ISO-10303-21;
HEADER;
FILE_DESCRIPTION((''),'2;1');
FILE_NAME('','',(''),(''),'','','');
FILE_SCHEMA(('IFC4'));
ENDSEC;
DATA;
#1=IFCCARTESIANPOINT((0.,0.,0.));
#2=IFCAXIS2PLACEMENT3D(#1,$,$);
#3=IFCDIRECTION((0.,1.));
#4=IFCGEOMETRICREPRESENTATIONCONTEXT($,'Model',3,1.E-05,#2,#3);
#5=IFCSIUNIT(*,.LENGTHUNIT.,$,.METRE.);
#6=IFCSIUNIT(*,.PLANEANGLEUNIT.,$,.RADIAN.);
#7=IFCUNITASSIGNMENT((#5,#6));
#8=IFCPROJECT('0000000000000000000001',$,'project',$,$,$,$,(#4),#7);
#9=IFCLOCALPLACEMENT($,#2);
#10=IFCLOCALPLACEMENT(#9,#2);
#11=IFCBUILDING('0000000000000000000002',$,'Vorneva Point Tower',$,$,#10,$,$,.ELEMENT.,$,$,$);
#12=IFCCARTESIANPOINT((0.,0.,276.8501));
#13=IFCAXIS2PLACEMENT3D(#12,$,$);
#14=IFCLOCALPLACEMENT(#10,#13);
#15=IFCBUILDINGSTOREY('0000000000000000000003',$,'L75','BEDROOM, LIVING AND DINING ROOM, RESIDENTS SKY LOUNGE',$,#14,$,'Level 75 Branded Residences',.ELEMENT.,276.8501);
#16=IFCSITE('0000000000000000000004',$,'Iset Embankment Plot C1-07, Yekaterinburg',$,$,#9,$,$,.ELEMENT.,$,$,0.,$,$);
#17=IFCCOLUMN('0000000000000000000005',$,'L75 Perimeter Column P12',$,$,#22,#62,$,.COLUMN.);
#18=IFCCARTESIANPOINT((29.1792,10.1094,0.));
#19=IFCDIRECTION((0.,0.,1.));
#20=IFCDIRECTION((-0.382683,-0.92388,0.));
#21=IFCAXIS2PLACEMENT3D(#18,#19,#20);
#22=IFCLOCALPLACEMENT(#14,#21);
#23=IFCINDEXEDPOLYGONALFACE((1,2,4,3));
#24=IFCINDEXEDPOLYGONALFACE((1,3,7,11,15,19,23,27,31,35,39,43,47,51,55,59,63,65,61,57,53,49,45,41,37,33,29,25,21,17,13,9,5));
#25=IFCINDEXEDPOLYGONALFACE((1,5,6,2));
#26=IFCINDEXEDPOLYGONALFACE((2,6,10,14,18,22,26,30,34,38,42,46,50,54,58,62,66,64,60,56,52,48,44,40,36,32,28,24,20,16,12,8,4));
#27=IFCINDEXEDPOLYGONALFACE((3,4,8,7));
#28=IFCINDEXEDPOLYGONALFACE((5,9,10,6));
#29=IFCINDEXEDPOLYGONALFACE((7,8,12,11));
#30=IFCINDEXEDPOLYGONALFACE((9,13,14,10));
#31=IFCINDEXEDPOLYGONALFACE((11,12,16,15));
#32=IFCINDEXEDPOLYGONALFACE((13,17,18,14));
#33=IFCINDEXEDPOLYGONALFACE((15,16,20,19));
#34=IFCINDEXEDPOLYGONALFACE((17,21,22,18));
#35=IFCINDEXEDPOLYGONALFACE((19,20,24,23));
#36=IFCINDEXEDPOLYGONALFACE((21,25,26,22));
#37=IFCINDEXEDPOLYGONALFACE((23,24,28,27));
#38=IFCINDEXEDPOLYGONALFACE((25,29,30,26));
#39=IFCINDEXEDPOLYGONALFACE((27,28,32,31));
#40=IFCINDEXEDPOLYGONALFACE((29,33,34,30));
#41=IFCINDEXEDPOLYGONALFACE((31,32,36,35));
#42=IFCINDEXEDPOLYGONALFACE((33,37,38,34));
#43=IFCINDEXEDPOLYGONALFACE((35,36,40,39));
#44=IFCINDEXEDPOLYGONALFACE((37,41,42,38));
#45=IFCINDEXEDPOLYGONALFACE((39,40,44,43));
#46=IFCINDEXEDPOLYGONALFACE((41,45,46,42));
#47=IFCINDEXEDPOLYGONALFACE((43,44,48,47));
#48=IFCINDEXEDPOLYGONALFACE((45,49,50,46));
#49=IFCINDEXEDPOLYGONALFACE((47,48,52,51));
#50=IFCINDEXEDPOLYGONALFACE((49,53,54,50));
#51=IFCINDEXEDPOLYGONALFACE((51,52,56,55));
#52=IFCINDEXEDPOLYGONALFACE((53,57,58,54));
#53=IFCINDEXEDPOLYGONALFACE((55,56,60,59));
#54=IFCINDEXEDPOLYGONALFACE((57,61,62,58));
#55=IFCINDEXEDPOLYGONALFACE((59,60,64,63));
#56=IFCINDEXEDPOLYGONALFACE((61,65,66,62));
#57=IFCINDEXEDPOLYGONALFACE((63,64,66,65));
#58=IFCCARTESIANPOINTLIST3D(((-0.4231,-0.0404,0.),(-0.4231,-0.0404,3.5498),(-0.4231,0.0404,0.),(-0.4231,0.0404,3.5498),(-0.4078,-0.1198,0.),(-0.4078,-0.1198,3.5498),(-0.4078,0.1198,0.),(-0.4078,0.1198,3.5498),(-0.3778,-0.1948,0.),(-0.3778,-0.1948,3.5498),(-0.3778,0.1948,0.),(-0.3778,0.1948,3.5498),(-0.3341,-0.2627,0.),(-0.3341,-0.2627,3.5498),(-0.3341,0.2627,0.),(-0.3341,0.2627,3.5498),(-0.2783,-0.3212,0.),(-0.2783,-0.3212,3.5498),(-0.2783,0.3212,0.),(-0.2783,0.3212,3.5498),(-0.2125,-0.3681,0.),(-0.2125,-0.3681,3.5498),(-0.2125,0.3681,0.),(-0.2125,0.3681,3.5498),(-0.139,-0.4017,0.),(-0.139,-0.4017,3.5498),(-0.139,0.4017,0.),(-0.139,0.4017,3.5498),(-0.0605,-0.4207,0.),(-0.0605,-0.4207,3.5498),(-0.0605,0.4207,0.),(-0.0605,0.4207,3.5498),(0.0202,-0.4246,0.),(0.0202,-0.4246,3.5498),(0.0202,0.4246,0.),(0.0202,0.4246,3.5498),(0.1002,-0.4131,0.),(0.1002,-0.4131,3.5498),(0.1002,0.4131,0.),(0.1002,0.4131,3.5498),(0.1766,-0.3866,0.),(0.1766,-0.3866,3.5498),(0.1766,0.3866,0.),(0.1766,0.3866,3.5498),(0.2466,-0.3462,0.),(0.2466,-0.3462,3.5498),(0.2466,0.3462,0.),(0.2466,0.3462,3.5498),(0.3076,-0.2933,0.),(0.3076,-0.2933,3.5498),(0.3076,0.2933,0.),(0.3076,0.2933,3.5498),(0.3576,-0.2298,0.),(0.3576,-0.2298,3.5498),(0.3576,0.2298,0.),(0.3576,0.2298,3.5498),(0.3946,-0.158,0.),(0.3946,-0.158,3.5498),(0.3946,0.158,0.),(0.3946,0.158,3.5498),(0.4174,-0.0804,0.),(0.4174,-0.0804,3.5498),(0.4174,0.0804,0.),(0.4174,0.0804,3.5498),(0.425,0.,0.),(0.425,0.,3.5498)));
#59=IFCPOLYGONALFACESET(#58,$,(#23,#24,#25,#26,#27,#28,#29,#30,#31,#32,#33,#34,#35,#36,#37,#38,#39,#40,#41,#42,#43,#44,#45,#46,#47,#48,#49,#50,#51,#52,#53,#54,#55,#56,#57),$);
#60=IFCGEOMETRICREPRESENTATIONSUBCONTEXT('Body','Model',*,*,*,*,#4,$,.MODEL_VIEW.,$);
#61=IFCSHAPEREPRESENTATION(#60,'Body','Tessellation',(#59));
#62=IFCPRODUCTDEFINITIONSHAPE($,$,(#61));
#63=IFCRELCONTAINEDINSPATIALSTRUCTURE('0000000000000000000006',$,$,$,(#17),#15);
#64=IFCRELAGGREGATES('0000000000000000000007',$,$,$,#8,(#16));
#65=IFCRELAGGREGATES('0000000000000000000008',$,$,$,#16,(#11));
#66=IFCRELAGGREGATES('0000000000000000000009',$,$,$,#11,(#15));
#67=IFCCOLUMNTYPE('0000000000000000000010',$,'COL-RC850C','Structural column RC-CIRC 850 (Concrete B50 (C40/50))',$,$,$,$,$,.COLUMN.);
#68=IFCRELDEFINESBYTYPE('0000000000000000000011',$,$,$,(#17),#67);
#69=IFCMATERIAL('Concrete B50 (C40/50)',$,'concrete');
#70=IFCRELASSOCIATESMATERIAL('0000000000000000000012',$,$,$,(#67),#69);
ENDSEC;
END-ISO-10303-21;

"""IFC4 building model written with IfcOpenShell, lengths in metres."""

from ifc_helpers import new_model, si_unit, direction, frame, origin, origin_2d, place, context, subcontext, project, spatial, circle, extrude, material, material_profile, profile_set, type_object, element, save


model = new_model("IFC4")

# Units and contexts
model_context = context("Model", 3, precision=1e-05, world=origin(), true_north=direction((0.0, 1.0)))
body_context = subcontext(model_context, "Body", "Model", "MODEL_VIEW")
ifc_project = project(units=[si_unit("LENGTHUNIT", "METRE"), si_unit("PLANEANGLEUNIT", "RADIAN")], contexts=[model_context])

# Site, building, storey
site_placement = place(None, origin())
site = spatial("IfcSite", under=ifc_project, at=site_placement, Name="Iset Embankment Plot C1-07, Yekaterinburg", CompositionType="ELEMENT", RefElevation=0.0)
building_placement = place(site_placement, origin())
building = spatial("IfcBuilding", under=site, at=building_placement, Name="Vorneva Point Tower", CompositionType="ELEMENT")
storey_placement = place(building_placement, frame((0.0, 0.0, 276.8501)))
storey = spatial("IfcBuildingStorey", under=building, at=storey_placement, Name="L75", Description="BEDROOM, LIVING AND DINING ROOM, RESIDENTS SKY LOUNGE", LongName="Level 75 Branded Residences", CompositionType="ELEMENT", Elevation=276.8501)

# Column
ifc_material_1 = material(Name="Concrete B50 (C40/50)", Category="concrete")
ifc_material_profile_1 = material_profile(ifc_material_1, circle(Radius=0.425, at=origin_2d()), Name="RC-CIRC 850")
ifc_profile_set_1 = profile_set([ifc_material_profile_1], Name="Concrete B50 (C40/50)")
column_type = type_object("IfcColumnType", Name="COL-RC850C", Description="Structural column RC-CIRC 850 (Concrete B50 (C40/50))", PredefinedType="COLUMN", material=ifc_profile_set_1)
column_placement = place(storey_placement, frame((29.1792, 10.1094, 0.0), z_axis=(0.0, 0.0, 1.0), x_axis=(-0.382683, -0.92388, 0.0)))
element("IfcColumn", 1, at=column_placement, inside=storey, type_object=column_type, Name="L75 Perimeter Column P12", PredefinedType="COLUMN", context=body_context, shape_type="SweptSolid", body=[
    extrude(circle(Radius=0.425, at=origin_2d()), origin(), (0.0, 0.0, 1.0), 3.5498),
])

save(model, "model.ifc")
